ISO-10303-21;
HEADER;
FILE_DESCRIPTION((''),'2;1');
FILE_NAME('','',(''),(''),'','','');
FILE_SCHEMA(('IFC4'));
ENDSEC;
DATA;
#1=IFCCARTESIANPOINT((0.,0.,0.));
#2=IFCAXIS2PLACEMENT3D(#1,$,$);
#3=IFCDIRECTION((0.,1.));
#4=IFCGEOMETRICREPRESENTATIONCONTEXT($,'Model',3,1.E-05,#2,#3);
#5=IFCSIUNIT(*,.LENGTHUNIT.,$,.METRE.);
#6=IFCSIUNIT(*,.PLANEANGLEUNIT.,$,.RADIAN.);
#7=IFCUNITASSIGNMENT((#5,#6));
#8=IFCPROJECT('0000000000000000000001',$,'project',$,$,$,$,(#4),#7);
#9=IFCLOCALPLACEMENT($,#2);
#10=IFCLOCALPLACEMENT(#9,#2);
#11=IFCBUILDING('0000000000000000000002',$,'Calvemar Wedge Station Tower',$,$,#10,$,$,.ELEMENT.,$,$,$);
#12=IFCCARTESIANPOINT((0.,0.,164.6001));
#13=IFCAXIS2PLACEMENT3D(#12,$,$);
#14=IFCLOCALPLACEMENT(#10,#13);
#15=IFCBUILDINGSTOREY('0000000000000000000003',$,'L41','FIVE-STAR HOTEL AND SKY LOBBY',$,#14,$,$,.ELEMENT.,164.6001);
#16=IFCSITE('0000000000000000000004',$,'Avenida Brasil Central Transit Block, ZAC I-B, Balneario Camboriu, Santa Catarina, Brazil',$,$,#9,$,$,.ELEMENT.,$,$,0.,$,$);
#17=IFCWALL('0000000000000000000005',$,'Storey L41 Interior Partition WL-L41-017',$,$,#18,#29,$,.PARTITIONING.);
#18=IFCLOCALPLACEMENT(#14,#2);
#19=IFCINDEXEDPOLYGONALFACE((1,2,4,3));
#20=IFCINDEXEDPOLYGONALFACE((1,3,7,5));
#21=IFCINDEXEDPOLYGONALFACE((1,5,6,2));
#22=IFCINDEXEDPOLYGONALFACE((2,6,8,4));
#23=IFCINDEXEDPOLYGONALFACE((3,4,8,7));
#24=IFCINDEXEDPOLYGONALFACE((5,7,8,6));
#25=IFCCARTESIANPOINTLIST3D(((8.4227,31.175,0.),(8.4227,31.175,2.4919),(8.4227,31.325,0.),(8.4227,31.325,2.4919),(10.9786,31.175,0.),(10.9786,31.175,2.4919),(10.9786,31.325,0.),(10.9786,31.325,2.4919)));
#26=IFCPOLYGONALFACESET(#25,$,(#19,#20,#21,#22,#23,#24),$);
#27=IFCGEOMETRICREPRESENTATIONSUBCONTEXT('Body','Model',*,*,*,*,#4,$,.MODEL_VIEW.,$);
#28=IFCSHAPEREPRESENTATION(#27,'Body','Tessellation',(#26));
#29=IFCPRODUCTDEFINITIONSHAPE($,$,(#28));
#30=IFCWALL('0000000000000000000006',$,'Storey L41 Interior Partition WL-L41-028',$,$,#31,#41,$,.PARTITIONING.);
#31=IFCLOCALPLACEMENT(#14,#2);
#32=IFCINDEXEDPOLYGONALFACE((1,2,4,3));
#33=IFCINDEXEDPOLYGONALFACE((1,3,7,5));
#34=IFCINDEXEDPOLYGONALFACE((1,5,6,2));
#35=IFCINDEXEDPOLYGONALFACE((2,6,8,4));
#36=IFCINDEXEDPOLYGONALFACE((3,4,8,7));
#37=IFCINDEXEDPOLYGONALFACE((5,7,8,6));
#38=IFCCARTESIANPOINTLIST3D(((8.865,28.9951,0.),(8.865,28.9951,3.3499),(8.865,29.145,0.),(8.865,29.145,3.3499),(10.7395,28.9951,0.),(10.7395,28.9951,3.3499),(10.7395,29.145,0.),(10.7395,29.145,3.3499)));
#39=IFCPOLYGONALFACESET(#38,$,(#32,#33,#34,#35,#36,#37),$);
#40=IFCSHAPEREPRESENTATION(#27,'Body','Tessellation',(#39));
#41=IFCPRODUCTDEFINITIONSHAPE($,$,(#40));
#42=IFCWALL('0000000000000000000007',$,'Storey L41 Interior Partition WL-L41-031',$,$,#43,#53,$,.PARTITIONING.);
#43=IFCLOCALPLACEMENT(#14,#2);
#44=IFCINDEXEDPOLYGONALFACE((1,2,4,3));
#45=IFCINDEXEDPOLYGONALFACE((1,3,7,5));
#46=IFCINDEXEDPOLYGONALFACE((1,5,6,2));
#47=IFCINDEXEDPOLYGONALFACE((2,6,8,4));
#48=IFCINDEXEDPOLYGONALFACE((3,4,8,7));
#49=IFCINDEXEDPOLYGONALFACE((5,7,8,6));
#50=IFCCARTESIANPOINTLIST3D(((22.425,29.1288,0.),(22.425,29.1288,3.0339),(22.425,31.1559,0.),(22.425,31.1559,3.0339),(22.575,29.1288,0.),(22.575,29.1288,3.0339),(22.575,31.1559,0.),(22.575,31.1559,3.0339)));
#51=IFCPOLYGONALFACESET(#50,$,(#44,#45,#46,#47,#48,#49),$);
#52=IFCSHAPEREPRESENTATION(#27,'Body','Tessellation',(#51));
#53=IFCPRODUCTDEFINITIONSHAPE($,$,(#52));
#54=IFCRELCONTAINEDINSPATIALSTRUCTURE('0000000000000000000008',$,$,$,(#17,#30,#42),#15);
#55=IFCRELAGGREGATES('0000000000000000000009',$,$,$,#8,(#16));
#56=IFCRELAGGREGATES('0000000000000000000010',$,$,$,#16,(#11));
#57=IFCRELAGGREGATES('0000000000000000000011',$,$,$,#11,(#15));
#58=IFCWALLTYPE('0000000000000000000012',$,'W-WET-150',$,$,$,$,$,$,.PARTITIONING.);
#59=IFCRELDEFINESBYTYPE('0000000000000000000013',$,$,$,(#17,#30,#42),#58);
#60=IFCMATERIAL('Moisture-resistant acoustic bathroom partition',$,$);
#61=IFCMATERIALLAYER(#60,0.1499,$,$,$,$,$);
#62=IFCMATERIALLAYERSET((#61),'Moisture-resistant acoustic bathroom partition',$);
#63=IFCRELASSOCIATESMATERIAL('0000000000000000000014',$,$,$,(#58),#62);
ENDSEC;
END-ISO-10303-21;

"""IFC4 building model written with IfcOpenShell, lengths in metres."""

from ifc_helpers import new_model, si_unit, direction, frame, frame_2d, origin, place, context, subcontext, project, spatial, rectangle, extrude, material, layer, layer_set, type_object, element, save


model = new_model("IFC4")

# Units and contexts
model_context = context("Model", 3, precision=1e-05, world=origin(), true_north=direction((0.0, 1.0)))
body_context = subcontext(model_context, "Body", "Model", "MODEL_VIEW")
ifc_project = project(units=[si_unit("LENGTHUNIT", "METRE"), si_unit("PLANEANGLEUNIT", "RADIAN")], contexts=[model_context])

# Site, building, storey
site_placement = place(None, origin())
site = spatial("IfcSite", under=ifc_project, at=site_placement, Name="Avenida Brasil Central Transit Block, ZAC I-B, Balneario Camboriu, Santa Catarina, Brazil", CompositionType="ELEMENT", RefElevation=0.0)
building_placement = place(site_placement, origin())
building = spatial("IfcBuilding", under=site, at=building_placement, Name="Calvemar Wedge Station Tower", CompositionType="ELEMENT")
storey_placement = place(building_placement, frame((0.0, 0.0, 164.6001)))
storey = spatial("IfcBuildingStorey", under=building, at=storey_placement, Name="L41", Description="FIVE-STAR HOTEL AND SKY LOBBY", CompositionType="ELEMENT", Elevation=164.6001)

# Wall
ifc_material_1 = material(Name="Moisture-resistant acoustic bathroom partition")
ifc_layer_1 = layer(ifc_material_1, 0.1499)
ifc_layer_set_1 = layer_set([ifc_layer_1], Name="Moisture-resistant acoustic bathroom partition")
wall_type_1 = type_object("IfcWallType", Name="W-WET-150", PredefinedType="PARTITIONING", material=ifc_layer_set_1)
wall_1_placement = place(storey_placement, frame((10.9785, 31.25, 0.0), z_axis=(0.0, 0.0, 1.0), x_axis=(-1.0, 0.0, 0.0)))
element("IfcWall", 1, at=wall_1_placement, inside=storey, type_object=wall_type_1, Name="Storey L41 Interior Partition WL-L41-017", PredefinedType="PARTITIONING", context=body_context, shape_type="SweptSolid", body=[
    extrude(rectangle(XDim=2.5559, YDim=0.1499, at=frame_2d((1.2778, 0.0))), origin(), (0.0, 0.0, 1.0), 2.4919),
])

# Wall
wall_2_placement = place(storey_placement, frame((10.7395, 29.0701, 0.0), z_axis=(0.0, 0.0, 1.0), x_axis=(-1.0, 0.0, 0.0)))
element("IfcWall", 2, at=wall_2_placement, inside=storey, type_object=wall_type_1, Name="Storey L41 Interior Partition WL-L41-028", PredefinedType="PARTITIONING", context=body_context, shape_type="SweptSolid", body=[
    extrude(rectangle(XDim=1.8745, YDim=0.1499, at=frame_2d((0.9373, 0.0))), origin(), (0.0, 0.0, 1.0), 3.3499),
])

# Wall
wall_3_placement = place(storey_placement, frame((22.5, 31.156, 0.0), z_axis=(0.0, 0.0, 1.0), x_axis=(0.0, -1.0, 0.0)))
element("IfcWall", 3, at=wall_3_placement, inside=storey, type_object=wall_type_1, Name="Storey L41 Interior Partition WL-L41-031", PredefinedType="PARTITIONING", context=body_context, shape_type="SweptSolid", body=[
    extrude(rectangle(XDim=2.0271, YDim=0.1499, at=frame_2d((1.0137, 0.0))), origin(), (0.0, 0.0, 1.0), 3.0339),
])

save(model, "model.ifc")
